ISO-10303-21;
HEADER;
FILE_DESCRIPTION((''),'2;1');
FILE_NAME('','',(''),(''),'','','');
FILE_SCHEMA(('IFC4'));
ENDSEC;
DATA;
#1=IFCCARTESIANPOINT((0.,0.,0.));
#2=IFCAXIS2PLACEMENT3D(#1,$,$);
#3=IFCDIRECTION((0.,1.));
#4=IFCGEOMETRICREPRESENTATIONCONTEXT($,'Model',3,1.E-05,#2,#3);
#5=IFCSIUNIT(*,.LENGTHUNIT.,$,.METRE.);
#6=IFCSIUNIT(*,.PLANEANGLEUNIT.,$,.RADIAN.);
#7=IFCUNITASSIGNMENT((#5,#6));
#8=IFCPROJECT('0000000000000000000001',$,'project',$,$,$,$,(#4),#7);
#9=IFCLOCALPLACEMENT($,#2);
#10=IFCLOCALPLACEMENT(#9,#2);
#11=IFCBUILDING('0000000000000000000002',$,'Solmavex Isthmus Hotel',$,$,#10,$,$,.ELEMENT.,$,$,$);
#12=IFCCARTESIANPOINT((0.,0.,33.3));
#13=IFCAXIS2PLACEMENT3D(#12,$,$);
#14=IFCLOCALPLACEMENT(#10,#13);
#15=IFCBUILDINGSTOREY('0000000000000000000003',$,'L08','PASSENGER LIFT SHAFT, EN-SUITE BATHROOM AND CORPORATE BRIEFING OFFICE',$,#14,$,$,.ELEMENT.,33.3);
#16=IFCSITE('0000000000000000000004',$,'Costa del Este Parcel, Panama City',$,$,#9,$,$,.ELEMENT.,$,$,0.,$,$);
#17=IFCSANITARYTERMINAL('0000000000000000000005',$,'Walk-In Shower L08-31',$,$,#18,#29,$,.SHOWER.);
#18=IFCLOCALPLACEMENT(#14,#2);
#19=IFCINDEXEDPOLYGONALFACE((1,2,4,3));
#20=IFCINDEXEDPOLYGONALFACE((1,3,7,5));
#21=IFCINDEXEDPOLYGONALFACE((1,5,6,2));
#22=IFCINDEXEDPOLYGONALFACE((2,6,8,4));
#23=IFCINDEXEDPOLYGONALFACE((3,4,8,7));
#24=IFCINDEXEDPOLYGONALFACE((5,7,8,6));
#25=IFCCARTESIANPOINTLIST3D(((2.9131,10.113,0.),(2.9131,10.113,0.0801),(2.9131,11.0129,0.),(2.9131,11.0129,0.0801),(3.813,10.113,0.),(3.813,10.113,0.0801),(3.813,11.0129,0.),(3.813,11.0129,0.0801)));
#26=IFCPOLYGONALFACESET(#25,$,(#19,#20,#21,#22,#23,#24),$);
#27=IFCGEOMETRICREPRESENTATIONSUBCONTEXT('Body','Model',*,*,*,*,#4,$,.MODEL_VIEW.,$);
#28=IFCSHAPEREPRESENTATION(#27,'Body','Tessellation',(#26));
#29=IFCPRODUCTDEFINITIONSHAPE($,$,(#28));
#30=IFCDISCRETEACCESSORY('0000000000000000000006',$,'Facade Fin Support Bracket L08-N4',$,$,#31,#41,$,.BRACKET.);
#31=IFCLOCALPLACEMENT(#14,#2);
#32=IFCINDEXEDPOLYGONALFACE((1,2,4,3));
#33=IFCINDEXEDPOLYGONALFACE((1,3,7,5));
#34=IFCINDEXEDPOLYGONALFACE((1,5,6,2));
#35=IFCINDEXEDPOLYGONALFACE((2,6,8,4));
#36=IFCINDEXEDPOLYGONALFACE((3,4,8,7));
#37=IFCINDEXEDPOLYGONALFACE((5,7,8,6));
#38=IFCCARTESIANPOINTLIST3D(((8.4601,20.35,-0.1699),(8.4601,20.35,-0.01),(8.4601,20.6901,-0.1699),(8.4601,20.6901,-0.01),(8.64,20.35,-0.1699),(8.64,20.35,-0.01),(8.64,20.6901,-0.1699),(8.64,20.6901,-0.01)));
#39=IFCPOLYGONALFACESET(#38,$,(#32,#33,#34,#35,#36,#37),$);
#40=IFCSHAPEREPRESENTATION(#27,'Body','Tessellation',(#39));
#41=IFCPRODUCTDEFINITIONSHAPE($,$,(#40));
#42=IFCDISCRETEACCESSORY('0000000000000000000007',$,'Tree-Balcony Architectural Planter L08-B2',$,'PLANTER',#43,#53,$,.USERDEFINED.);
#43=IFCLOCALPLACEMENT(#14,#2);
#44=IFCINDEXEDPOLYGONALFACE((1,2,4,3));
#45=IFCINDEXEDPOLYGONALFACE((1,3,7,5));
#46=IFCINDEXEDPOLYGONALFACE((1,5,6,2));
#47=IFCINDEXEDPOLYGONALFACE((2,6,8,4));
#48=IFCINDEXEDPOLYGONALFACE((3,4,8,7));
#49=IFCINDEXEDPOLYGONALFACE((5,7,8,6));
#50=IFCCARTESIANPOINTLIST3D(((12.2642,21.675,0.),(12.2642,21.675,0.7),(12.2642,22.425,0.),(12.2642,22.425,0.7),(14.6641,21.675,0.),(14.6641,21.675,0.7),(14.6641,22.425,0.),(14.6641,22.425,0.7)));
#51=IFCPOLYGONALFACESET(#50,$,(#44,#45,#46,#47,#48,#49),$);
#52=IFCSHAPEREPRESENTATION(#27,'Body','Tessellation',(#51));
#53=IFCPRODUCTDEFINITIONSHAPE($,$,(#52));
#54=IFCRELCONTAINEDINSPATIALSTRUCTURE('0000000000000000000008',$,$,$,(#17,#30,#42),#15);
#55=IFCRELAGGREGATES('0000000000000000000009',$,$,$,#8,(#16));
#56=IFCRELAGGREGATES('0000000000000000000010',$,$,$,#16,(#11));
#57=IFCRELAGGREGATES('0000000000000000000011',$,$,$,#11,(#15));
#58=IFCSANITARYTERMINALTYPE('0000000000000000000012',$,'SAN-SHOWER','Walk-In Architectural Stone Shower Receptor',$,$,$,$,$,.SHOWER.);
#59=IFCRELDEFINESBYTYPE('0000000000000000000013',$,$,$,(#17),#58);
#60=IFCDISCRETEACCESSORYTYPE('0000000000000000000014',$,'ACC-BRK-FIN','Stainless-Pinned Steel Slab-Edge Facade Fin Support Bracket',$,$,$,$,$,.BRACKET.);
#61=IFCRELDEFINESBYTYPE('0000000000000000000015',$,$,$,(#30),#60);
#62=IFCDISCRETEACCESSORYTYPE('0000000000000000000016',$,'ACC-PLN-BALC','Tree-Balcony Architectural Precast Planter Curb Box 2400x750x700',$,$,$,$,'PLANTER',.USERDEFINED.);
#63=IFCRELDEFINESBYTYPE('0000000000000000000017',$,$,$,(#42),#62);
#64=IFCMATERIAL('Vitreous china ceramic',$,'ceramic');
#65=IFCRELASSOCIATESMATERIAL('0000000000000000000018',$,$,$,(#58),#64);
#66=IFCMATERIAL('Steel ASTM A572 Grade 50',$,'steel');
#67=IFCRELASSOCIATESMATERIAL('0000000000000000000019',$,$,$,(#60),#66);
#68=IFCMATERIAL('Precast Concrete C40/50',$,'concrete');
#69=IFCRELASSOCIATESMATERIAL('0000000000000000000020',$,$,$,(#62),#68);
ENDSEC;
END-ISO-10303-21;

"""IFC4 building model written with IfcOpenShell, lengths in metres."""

from ifc_helpers import new_model, si_unit, direction, frame, origin, origin_2d, place, context, subcontext, project, spatial, rectangle, extrude, material, type_object, element, save


model = new_model("IFC4")

# Units and contexts
model_context = context("Model", 3, precision=1e-05, world=origin(), true_north=direction((0.0, 1.0)))
body_context = subcontext(model_context, "Body", "Model", "MODEL_VIEW")
ifc_project = project(units=[si_unit("LENGTHUNIT", "METRE"), si_unit("PLANEANGLEUNIT", "RADIAN")], contexts=[model_context])

# Site, building, storey
site_placement = place(None, origin())
site = spatial("IfcSite", under=ifc_project, at=site_placement, Name="Costa del Este Parcel, Panama City", CompositionType="ELEMENT", RefElevation=0.0)
building_placement = place(site_placement, origin())
building = spatial("IfcBuilding", under=site, at=building_placement, Name="Solmavex Isthmus Hotel", CompositionType="ELEMENT")
storey_placement = place(building_placement, frame((0.0, 0.0, 33.3)))
storey = spatial("IfcBuildingStorey", under=building, at=storey_placement, Name="L08", Description="PASSENGER LIFT SHAFT, EN-SUITE BATHROOM AND CORPORATE BRIEFING OFFICE", CompositionType="ELEMENT", Elevation=33.3)

# Shared definitions
ifc_material_1 = material(Name="Precast Concrete C40/50", Category="concrete")

# Sanitary terminal
ifc_material_2 = material(Name="Vitreous china ceramic", Category="ceramic")
sanitary_terminal_type = type_object("IfcSanitaryTerminalType", Name="SAN-SHOWER", Description="Walk-In Architectural Stone Shower Receptor", PredefinedType="SHOWER", material=ifc_material_2)
sanitary_terminal_placement = place(storey_placement, frame((3.363, 10.563, 0.0), z_axis=(0.0, 0.0, 1.0), x_axis=(1.0, 0.0, 0.0)))
element("IfcSanitaryTerminal", 1, at=sanitary_terminal_placement, inside=storey, type_object=sanitary_terminal_type, Name="Walk-In Shower L08-31", PredefinedType="SHOWER", context=body_context, shape_type="SweptSolid", body=[
    extrude(rectangle(XDim=0.8999, YDim=0.8999, at=origin_2d()), origin(), (0.0, 0.0, 1.0), 0.0801),
])

# Discrete accessories
ifc_material_3 = material(Name="Steel ASTM A572 Grade 50", Category="steel")
discrete_accessory_type_1 = type_object("IfcDiscreteAccessoryType", Name="ACC-BRK-FIN", Description="Stainless-Pinned Steel Slab-Edge Facade Fin Support Bracket", PredefinedType="BRACKET", material=ifc_material_3)
discrete_accessory_1_placement = place(storey_placement, frame((8.55, 20.52, -0.1699), z_axis=(0.0, 0.0, 1.0), x_axis=(0.0, 1.0, 0.0)))
element("IfcDiscreteAccessory", 2, at=discrete_accessory_1_placement, inside=storey, type_object=discrete_accessory_type_1, Name="Facade Fin Support Bracket L08-N4", PredefinedType="BRACKET", context=body_context, shape_type="SweptSolid", body=[
    extrude(rectangle(XDim=0.3401, YDim=0.1799, at=origin_2d()), origin(), (0.0, 0.0, 1.0), 0.1599),
])
discrete_accessory_type_2 = type_object("IfcDiscreteAccessoryType", Name="ACC-PLN-BALC", Description="Tree-Balcony Architectural Precast Planter Curb Box 2400x750x700", ElementType="PLANTER", PredefinedType="USERDEFINED", material=ifc_material_1)
discrete_accessory_2_placement = place(storey_placement, frame((13.4641, 22.05, 0.0), z_axis=(0.0, 0.0, 1.0), x_axis=(1.0, 0.0, 0.0)))
element("IfcDiscreteAccessory", 3, at=discrete_accessory_2_placement, inside=storey, type_object=discrete_accessory_type_2, Name="Tree-Balcony Architectural Planter L08-B2", ObjectType="PLANTER", PredefinedType="USERDEFINED", context=body_context, shape_type="SweptSolid", body=[
    extrude(rectangle(XDim=2.3999, YDim=0.75, at=origin_2d()), origin(), (0.0, 0.0, 1.0), 0.7),
])

save(model, "model.ifc")
